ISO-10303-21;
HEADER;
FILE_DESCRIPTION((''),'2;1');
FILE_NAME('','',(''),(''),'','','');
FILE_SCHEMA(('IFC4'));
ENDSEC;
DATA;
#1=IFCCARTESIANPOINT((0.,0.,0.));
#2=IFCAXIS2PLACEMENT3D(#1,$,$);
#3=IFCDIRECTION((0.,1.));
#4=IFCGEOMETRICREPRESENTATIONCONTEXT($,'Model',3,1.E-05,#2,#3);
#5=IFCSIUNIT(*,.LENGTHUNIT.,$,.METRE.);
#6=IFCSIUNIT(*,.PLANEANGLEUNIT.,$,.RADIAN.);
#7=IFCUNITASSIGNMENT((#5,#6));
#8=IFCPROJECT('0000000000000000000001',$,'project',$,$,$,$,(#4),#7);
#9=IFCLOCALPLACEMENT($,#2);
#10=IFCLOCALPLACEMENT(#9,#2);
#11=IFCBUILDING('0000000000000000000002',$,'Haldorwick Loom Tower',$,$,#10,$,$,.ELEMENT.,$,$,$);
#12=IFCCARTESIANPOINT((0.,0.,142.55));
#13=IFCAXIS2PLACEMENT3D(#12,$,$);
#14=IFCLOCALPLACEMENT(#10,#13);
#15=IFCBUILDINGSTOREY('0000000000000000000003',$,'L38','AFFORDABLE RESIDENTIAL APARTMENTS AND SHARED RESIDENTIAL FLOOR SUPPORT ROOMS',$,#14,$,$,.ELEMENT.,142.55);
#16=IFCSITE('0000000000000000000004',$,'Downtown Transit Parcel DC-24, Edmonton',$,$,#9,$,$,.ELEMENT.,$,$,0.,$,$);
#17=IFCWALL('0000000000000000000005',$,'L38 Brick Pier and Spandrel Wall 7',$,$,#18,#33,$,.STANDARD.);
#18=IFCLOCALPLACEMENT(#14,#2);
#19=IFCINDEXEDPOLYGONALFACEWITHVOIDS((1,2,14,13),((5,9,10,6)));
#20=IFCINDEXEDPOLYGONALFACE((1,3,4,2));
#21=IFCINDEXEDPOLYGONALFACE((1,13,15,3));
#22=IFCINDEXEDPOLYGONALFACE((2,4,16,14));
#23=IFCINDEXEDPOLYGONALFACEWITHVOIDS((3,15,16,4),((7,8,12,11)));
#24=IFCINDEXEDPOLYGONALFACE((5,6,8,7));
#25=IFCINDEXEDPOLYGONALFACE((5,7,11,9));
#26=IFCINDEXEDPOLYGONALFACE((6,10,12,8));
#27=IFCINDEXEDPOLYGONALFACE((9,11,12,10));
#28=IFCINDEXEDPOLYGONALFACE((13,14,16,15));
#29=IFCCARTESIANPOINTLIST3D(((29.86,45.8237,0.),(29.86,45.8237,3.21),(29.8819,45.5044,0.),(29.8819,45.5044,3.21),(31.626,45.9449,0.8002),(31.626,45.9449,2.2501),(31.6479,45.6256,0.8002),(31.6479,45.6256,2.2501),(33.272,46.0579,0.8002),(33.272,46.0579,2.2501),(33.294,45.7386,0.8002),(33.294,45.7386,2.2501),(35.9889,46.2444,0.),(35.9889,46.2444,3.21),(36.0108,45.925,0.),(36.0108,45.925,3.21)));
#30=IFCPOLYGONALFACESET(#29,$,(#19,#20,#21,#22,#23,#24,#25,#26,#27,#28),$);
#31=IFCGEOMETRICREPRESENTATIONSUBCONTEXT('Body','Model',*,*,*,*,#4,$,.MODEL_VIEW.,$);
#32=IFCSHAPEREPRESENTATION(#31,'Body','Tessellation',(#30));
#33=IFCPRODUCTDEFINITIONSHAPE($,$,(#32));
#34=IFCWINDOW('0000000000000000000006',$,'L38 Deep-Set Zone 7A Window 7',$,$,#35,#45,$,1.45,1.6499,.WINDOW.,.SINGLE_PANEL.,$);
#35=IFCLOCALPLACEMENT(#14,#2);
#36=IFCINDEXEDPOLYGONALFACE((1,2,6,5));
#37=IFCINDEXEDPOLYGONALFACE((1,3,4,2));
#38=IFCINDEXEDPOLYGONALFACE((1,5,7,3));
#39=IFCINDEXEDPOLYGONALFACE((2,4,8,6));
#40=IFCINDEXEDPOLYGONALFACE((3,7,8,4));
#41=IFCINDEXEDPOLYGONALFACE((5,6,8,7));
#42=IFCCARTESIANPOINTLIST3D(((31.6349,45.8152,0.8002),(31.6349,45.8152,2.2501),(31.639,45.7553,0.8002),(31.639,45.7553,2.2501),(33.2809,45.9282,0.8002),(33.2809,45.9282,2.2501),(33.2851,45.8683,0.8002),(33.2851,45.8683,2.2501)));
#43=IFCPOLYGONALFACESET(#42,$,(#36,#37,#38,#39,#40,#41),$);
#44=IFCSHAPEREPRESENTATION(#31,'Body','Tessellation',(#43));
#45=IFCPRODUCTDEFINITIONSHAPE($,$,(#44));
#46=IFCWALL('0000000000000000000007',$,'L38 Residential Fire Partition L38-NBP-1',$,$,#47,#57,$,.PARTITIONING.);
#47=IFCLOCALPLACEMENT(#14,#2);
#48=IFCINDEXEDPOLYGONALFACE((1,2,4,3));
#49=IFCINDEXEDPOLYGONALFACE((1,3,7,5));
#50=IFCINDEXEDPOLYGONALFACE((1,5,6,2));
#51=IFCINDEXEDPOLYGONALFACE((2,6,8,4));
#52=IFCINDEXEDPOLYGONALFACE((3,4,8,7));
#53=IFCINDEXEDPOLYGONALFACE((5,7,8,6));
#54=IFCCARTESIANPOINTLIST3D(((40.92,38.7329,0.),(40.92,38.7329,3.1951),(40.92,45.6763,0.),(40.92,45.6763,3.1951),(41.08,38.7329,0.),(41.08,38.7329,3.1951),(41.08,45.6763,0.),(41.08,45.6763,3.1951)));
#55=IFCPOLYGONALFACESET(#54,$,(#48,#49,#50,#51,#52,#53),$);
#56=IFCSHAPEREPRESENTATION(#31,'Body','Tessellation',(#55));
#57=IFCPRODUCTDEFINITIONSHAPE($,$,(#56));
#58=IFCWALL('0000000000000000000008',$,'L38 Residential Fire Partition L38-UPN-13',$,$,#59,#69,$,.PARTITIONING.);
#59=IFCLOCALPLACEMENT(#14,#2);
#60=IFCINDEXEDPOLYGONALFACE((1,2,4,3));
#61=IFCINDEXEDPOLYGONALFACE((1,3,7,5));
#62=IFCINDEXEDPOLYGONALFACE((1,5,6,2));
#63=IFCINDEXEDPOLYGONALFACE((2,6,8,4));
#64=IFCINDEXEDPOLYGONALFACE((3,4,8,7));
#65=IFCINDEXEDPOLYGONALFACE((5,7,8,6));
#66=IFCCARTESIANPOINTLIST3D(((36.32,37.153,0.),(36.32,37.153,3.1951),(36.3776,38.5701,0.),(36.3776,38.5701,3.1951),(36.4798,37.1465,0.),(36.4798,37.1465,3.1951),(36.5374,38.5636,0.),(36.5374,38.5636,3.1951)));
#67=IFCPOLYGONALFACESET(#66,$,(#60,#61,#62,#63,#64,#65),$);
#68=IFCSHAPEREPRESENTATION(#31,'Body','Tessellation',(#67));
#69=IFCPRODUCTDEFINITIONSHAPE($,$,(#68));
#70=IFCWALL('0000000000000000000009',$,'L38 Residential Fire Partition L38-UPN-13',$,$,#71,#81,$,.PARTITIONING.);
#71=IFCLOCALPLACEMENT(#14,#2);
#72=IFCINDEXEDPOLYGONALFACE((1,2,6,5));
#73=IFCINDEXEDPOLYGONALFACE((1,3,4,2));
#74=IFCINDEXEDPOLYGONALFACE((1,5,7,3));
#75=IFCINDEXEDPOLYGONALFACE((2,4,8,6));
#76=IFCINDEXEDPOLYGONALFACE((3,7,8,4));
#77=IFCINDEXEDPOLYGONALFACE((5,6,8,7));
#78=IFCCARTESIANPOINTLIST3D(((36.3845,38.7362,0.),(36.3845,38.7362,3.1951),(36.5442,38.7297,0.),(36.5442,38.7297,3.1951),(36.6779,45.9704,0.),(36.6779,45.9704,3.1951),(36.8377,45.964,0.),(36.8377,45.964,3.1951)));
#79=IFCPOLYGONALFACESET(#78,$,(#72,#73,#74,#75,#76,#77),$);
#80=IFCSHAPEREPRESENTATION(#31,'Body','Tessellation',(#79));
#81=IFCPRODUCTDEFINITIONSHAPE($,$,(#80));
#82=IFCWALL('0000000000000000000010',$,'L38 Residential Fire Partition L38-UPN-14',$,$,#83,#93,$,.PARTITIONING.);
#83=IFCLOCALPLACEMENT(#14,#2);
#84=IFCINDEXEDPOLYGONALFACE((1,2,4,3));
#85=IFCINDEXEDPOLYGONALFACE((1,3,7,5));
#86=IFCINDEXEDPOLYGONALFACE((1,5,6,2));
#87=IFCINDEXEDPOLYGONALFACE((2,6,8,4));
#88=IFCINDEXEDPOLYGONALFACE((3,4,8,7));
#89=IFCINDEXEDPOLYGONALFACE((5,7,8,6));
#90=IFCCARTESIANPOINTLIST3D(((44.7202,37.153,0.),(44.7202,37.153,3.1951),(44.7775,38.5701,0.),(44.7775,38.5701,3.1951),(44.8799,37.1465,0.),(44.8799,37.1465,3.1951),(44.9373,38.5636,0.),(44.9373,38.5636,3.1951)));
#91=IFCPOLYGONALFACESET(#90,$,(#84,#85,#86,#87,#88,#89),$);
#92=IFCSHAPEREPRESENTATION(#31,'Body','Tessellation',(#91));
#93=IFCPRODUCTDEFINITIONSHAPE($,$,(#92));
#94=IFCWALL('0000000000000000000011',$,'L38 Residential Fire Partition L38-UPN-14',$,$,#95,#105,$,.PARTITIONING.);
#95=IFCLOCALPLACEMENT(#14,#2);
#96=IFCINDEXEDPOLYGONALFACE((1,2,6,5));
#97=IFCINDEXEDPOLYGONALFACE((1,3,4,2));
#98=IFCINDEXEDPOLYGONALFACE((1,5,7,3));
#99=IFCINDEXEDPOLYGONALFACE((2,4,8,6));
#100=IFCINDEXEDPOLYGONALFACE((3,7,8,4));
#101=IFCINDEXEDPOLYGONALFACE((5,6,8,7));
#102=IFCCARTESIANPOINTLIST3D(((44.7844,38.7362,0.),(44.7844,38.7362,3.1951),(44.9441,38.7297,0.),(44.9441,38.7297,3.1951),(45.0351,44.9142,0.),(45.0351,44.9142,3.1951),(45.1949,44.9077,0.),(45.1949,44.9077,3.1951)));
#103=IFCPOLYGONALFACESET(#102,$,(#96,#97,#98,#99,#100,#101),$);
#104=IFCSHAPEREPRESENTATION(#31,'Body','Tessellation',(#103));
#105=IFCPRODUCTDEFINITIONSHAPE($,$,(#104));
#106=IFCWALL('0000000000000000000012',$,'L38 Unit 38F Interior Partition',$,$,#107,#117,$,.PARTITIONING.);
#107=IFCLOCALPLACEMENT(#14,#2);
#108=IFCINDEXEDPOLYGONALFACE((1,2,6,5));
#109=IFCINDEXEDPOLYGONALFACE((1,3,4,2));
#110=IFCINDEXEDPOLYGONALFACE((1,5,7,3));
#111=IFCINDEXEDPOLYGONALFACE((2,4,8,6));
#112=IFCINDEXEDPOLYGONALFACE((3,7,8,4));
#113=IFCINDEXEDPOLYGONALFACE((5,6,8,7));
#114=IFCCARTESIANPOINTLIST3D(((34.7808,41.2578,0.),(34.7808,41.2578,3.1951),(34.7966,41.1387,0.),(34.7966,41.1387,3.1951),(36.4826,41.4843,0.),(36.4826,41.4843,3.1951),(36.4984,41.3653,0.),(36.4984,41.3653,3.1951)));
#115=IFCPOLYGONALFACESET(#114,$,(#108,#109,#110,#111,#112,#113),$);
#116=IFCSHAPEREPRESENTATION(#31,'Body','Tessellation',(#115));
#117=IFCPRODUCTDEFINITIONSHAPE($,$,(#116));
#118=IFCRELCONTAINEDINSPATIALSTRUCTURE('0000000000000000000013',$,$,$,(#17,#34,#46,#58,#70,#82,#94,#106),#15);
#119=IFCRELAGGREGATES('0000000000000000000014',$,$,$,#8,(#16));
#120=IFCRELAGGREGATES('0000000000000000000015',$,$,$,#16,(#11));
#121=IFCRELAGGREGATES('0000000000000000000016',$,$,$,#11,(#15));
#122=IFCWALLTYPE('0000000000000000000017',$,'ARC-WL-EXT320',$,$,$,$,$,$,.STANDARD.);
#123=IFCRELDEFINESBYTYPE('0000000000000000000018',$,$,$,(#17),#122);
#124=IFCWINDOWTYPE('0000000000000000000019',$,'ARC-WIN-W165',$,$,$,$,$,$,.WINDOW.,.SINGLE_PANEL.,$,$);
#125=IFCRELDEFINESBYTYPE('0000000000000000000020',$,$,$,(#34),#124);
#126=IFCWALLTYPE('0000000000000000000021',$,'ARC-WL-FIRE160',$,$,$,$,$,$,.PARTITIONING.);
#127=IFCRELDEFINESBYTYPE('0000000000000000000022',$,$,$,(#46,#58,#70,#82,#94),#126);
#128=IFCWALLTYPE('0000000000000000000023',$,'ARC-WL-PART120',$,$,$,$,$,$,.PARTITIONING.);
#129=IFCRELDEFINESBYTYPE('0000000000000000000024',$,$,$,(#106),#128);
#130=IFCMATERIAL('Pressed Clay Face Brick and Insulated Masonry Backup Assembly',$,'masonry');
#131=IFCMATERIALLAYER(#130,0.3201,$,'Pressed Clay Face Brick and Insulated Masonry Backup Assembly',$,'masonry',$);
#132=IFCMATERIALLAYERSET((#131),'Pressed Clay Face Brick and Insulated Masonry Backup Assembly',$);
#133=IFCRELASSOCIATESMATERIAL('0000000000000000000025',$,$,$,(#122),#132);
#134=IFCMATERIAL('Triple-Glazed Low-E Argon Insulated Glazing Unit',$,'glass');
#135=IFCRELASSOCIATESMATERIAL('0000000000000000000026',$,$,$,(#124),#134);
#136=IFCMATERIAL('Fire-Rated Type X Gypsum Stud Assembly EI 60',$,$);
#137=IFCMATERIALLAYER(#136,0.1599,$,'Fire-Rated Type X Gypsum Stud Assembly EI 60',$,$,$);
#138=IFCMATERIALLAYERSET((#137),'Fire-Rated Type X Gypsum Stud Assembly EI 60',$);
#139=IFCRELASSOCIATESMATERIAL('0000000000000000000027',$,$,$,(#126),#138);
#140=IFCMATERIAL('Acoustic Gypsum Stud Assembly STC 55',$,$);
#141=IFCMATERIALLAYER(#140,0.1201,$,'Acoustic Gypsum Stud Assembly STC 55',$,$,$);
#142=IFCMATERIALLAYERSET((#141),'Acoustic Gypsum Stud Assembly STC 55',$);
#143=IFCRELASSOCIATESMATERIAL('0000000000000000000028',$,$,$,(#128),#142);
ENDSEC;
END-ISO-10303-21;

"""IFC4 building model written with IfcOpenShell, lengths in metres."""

from ifc_helpers import new_model, si_unit, direction, frame, frame_2d, origin, place, context, subcontext, project, spatial, rectangle, extrude, material, layer, layer_set, type_object, element, fill, save


model = new_model("IFC4")

# Units and contexts
model_context = context("Model", 3, precision=1e-05, world=origin(), true_north=direction((0.0, 1.0)))
body_context = subcontext(model_context, "Body", "Model", "MODEL_VIEW")
ifc_project = project(units=[si_unit("LENGTHUNIT", "METRE"), si_unit("PLANEANGLEUNIT", "RADIAN")], contexts=[model_context])

# Site, building, storey
site_placement = place(None, origin())
site = spatial("IfcSite", under=ifc_project, at=site_placement, Name="Downtown Transit Parcel DC-24, Edmonton", CompositionType="ELEMENT", RefElevation=0.0)
building_placement = place(site_placement, origin())
building = spatial("IfcBuilding", under=site, at=building_placement, Name="Haldorwick Loom Tower", CompositionType="ELEMENT")
storey_placement = place(building_placement, frame((0.0, 0.0, 142.55)))
storey = spatial("IfcBuildingStorey", under=building, at=storey_placement, Name="L38", Description="AFFORDABLE RESIDENTIAL APARTMENTS AND SHARED RESIDENTIAL FLOOR SUPPORT ROOMS", CompositionType="ELEMENT", Elevation=142.55)

# Wall, opening, window
ifc_material_1 = material(Name="Pressed Clay Face Brick and Insulated Masonry Backup Assembly", Category="masonry")
ifc_layer_1 = layer(ifc_material_1, 0.3201, Name="Pressed Clay Face Brick and Insulated Masonry Backup Assembly", Category="masonry")
ifc_layer_set_1 = layer_set([ifc_layer_1], Name="Pressed Clay Face Brick and Insulated Masonry Backup Assembly")
wall_type_1 = type_object("IfcWallType", Name="ARC-WL-EXT320", PredefinedType="STANDARD", material=ifc_layer_set_1)
ifc_material_2 = material(Name="Triple-Glazed Low-E Argon Insulated Glazing Unit", Category="glass")
window_type = type_object("IfcWindowType", Name="ARC-WIN-W165", PartitioningType="SINGLE_PANEL", PredefinedType="WINDOW", material=ifc_material_2)
wall_1_placement = place(storey_placement, frame((36.0, 46.0847, 0.0), z_axis=(0.0, 0.0, 1.0), x_axis=(-0.997653, -0.068473, 0.0)))
wall_1 = element("IfcWall", 1, at=wall_1_placement, inside=storey, type_object=wall_type_1, Name="L38 Brick Pier and Spandrel Wall 7", PredefinedType="STANDARD", context=body_context, shape_type="SweptSolid", body=[
    extrude(rectangle(XDim=6.1433, YDim=0.3201, at=frame_2d((3.0718, 0.0))), origin(), (0.0, 0.0, 1.0), 3.21),
])
opening_1_placement = place(wall_1_placement, frame((2.7234, 0.0, 0.8)))
opening_1 = element("IfcOpeningElement", 2, at=opening_1_placement, cuts=wall_1, PredefinedType="OPENING", context=body_context, shape_type="SweptSolid", body=[
    extrude(rectangle(XDim=1.6499, YDim=1.45, at=frame_2d((0.825, 0.7251))), frame((0.0, 0.1699, 0.0), z_axis=(0.0, -1.0, 0.0), x_axis=(1.0, 0.0, 0.0)), (0.0, 0.0, 1.0), 0.3401),
])
window_1_placement = place(opening_1_placement, origin())
window_1 = element("IfcWindow", 3, at=window_1_placement, inside=storey, type_object=window_type, Name="L38 Deep-Set Zone 7A Window 7", OverallHeight=1.45, OverallWidth=1.6499, PartitioningType="SINGLE_PANEL", PredefinedType="WINDOW", context=body_context, shape_type="SweptSolid", body=[
    extrude(rectangle(XDim=1.6499, YDim=1.45, at=frame_2d((0.825, 0.7251))), frame((0.0, 0.03, 0.0), z_axis=(0.0, -1.0, 0.0), x_axis=(1.0, 0.0, 0.0)), (0.0, 0.0, 1.0), 0.0601),
])
fill(opening_1, window_1)

# Walls
ifc_material_3 = material(Name="Fire-Rated Type X Gypsum Stud Assembly EI 60")
ifc_layer_2 = layer(ifc_material_3, 0.1599, Name="Fire-Rated Type X Gypsum Stud Assembly EI 60")
ifc_layer_set_2 = layer_set([ifc_layer_2], Name="Fire-Rated Type X Gypsum Stud Assembly EI 60")
wall_type_2 = type_object("IfcWallType", Name="ARC-WL-FIRE160", PredefinedType="PARTITIONING", material=ifc_layer_set_2)
wall_2_placement = place(storey_placement, frame((41.0, 38.7329, 0.0), z_axis=(0.0, 0.0, 1.0), x_axis=(0.0, 1.0, 0.0)))
element("IfcWall", 4, at=wall_2_placement, inside=storey, type_object=wall_type_2, Name="L38 Residential Fire Partition L38-NBP-1", PredefinedType="PARTITIONING", context=body_context, shape_type="SweptSolid", body=[
    extrude(rectangle(XDim=6.9434, YDim=0.1599, at=frame_2d((3.4717, 0.0))), origin(), (0.0, 0.0, 1.0), 3.1951),
])
wall_3_placement = place(storey_placement, frame((36.3999, 37.1499, 0.0), z_axis=(0.0, 0.0, 1.0), x_axis=(0.040628, 0.999174, 0.0)))
element("IfcWall", 5, at=wall_3_placement, inside=storey, type_object=wall_type_2, Name="L38 Residential Fire Partition L38-UPN-13", PredefinedType="PARTITIONING", context=body_context, shape_type="SweptSolid", body=[
    extrude(rectangle(XDim=1.4182, YDim=0.1599, at=frame_2d((0.709, 0.0))), origin(), (0.0, 0.0, 1.0), 3.1951),
])
wall_4_placement = place(storey_placement, frame((36.4644, 38.7329, 0.0), z_axis=(0.0, 0.0, 1.0), x_axis=(0.040531, 0.999178, 0.0)))
element("IfcWall", 6, at=wall_4_placement, inside=storey, type_object=wall_type_2, Name="L38 Residential Fire Partition L38-UPN-13", PredefinedType="PARTITIONING", context=body_context, shape_type="SweptSolid", body=[
    extrude(rectangle(XDim=7.2402, YDim=0.1599, at=frame_2d((3.6201, 0.0))), origin(), (0.0, 0.0, 1.0), 3.1951),
])
wall_5_placement = place(storey_placement, frame((44.8, 37.1499, 0.0), z_axis=(0.0, 0.0, 1.0), x_axis=(0.040456, 0.999181, 0.0)))
element("IfcWall", 7, at=wall_5_placement, inside=storey, type_object=wall_type_2, Name="L38 Residential Fire Partition L38-UPN-14", PredefinedType="PARTITIONING", context=body_context, shape_type="SweptSolid", body=[
    extrude(rectangle(XDim=1.4182, YDim=0.1599, at=frame_2d((0.709, 0.0))), origin(), (0.0, 0.0, 1.0), 3.1951),
])
wall_6_placement = place(storey_placement, frame((44.8643, 38.7329, 0.0), z_axis=(0.0, 0.0, 1.0), x_axis=(0.040551, 0.999177, 0.0)))
element("IfcWall", 8, at=wall_6_placement, inside=storey, type_object=wall_type_2, Name="L38 Residential Fire Partition L38-UPN-14", PredefinedType="PARTITIONING", context=body_context, shape_type="SweptSolid", body=[
    extrude(rectangle(XDim=6.1831, YDim=0.1599, at=frame_2d((3.0916, 0.0))), origin(), (0.0, 0.0, 1.0), 3.1951),
])
ifc_material_4 = material(Name="Acoustic Gypsum Stud Assembly STC 55")
ifc_layer_3 = layer(ifc_material_4, 0.1201, Name="Acoustic Gypsum Stud Assembly STC 55")
ifc_layer_set_3 = layer_set([ifc_layer_3], Name="Acoustic Gypsum Stud Assembly STC 55")
wall_type_3 = type_object("IfcWallType", Name="ARC-WL-PART120", PredefinedType="PARTITIONING", material=ifc_layer_set_3)
wall_7_placement = place(storey_placement, frame((36.4905, 41.4248, 0.0), z_axis=(0.0, 0.0, 1.0), x_axis=(-0.991253, -0.131977, 0.0)))
element("IfcWall", 9, at=wall_7_placement, inside=storey, type_object=wall_type_3, Name="L38 Unit 38F Interior Partition", PredefinedType="PARTITIONING", context=body_context, shape_type="SweptSolid", body=[
    extrude(rectangle(XDim=1.7168, YDim=0.1201, at=frame_2d((0.8584, 0.0))), origin(), (0.0, 0.0, 1.0), 3.1951),
])

save(model, "model.ifc")
